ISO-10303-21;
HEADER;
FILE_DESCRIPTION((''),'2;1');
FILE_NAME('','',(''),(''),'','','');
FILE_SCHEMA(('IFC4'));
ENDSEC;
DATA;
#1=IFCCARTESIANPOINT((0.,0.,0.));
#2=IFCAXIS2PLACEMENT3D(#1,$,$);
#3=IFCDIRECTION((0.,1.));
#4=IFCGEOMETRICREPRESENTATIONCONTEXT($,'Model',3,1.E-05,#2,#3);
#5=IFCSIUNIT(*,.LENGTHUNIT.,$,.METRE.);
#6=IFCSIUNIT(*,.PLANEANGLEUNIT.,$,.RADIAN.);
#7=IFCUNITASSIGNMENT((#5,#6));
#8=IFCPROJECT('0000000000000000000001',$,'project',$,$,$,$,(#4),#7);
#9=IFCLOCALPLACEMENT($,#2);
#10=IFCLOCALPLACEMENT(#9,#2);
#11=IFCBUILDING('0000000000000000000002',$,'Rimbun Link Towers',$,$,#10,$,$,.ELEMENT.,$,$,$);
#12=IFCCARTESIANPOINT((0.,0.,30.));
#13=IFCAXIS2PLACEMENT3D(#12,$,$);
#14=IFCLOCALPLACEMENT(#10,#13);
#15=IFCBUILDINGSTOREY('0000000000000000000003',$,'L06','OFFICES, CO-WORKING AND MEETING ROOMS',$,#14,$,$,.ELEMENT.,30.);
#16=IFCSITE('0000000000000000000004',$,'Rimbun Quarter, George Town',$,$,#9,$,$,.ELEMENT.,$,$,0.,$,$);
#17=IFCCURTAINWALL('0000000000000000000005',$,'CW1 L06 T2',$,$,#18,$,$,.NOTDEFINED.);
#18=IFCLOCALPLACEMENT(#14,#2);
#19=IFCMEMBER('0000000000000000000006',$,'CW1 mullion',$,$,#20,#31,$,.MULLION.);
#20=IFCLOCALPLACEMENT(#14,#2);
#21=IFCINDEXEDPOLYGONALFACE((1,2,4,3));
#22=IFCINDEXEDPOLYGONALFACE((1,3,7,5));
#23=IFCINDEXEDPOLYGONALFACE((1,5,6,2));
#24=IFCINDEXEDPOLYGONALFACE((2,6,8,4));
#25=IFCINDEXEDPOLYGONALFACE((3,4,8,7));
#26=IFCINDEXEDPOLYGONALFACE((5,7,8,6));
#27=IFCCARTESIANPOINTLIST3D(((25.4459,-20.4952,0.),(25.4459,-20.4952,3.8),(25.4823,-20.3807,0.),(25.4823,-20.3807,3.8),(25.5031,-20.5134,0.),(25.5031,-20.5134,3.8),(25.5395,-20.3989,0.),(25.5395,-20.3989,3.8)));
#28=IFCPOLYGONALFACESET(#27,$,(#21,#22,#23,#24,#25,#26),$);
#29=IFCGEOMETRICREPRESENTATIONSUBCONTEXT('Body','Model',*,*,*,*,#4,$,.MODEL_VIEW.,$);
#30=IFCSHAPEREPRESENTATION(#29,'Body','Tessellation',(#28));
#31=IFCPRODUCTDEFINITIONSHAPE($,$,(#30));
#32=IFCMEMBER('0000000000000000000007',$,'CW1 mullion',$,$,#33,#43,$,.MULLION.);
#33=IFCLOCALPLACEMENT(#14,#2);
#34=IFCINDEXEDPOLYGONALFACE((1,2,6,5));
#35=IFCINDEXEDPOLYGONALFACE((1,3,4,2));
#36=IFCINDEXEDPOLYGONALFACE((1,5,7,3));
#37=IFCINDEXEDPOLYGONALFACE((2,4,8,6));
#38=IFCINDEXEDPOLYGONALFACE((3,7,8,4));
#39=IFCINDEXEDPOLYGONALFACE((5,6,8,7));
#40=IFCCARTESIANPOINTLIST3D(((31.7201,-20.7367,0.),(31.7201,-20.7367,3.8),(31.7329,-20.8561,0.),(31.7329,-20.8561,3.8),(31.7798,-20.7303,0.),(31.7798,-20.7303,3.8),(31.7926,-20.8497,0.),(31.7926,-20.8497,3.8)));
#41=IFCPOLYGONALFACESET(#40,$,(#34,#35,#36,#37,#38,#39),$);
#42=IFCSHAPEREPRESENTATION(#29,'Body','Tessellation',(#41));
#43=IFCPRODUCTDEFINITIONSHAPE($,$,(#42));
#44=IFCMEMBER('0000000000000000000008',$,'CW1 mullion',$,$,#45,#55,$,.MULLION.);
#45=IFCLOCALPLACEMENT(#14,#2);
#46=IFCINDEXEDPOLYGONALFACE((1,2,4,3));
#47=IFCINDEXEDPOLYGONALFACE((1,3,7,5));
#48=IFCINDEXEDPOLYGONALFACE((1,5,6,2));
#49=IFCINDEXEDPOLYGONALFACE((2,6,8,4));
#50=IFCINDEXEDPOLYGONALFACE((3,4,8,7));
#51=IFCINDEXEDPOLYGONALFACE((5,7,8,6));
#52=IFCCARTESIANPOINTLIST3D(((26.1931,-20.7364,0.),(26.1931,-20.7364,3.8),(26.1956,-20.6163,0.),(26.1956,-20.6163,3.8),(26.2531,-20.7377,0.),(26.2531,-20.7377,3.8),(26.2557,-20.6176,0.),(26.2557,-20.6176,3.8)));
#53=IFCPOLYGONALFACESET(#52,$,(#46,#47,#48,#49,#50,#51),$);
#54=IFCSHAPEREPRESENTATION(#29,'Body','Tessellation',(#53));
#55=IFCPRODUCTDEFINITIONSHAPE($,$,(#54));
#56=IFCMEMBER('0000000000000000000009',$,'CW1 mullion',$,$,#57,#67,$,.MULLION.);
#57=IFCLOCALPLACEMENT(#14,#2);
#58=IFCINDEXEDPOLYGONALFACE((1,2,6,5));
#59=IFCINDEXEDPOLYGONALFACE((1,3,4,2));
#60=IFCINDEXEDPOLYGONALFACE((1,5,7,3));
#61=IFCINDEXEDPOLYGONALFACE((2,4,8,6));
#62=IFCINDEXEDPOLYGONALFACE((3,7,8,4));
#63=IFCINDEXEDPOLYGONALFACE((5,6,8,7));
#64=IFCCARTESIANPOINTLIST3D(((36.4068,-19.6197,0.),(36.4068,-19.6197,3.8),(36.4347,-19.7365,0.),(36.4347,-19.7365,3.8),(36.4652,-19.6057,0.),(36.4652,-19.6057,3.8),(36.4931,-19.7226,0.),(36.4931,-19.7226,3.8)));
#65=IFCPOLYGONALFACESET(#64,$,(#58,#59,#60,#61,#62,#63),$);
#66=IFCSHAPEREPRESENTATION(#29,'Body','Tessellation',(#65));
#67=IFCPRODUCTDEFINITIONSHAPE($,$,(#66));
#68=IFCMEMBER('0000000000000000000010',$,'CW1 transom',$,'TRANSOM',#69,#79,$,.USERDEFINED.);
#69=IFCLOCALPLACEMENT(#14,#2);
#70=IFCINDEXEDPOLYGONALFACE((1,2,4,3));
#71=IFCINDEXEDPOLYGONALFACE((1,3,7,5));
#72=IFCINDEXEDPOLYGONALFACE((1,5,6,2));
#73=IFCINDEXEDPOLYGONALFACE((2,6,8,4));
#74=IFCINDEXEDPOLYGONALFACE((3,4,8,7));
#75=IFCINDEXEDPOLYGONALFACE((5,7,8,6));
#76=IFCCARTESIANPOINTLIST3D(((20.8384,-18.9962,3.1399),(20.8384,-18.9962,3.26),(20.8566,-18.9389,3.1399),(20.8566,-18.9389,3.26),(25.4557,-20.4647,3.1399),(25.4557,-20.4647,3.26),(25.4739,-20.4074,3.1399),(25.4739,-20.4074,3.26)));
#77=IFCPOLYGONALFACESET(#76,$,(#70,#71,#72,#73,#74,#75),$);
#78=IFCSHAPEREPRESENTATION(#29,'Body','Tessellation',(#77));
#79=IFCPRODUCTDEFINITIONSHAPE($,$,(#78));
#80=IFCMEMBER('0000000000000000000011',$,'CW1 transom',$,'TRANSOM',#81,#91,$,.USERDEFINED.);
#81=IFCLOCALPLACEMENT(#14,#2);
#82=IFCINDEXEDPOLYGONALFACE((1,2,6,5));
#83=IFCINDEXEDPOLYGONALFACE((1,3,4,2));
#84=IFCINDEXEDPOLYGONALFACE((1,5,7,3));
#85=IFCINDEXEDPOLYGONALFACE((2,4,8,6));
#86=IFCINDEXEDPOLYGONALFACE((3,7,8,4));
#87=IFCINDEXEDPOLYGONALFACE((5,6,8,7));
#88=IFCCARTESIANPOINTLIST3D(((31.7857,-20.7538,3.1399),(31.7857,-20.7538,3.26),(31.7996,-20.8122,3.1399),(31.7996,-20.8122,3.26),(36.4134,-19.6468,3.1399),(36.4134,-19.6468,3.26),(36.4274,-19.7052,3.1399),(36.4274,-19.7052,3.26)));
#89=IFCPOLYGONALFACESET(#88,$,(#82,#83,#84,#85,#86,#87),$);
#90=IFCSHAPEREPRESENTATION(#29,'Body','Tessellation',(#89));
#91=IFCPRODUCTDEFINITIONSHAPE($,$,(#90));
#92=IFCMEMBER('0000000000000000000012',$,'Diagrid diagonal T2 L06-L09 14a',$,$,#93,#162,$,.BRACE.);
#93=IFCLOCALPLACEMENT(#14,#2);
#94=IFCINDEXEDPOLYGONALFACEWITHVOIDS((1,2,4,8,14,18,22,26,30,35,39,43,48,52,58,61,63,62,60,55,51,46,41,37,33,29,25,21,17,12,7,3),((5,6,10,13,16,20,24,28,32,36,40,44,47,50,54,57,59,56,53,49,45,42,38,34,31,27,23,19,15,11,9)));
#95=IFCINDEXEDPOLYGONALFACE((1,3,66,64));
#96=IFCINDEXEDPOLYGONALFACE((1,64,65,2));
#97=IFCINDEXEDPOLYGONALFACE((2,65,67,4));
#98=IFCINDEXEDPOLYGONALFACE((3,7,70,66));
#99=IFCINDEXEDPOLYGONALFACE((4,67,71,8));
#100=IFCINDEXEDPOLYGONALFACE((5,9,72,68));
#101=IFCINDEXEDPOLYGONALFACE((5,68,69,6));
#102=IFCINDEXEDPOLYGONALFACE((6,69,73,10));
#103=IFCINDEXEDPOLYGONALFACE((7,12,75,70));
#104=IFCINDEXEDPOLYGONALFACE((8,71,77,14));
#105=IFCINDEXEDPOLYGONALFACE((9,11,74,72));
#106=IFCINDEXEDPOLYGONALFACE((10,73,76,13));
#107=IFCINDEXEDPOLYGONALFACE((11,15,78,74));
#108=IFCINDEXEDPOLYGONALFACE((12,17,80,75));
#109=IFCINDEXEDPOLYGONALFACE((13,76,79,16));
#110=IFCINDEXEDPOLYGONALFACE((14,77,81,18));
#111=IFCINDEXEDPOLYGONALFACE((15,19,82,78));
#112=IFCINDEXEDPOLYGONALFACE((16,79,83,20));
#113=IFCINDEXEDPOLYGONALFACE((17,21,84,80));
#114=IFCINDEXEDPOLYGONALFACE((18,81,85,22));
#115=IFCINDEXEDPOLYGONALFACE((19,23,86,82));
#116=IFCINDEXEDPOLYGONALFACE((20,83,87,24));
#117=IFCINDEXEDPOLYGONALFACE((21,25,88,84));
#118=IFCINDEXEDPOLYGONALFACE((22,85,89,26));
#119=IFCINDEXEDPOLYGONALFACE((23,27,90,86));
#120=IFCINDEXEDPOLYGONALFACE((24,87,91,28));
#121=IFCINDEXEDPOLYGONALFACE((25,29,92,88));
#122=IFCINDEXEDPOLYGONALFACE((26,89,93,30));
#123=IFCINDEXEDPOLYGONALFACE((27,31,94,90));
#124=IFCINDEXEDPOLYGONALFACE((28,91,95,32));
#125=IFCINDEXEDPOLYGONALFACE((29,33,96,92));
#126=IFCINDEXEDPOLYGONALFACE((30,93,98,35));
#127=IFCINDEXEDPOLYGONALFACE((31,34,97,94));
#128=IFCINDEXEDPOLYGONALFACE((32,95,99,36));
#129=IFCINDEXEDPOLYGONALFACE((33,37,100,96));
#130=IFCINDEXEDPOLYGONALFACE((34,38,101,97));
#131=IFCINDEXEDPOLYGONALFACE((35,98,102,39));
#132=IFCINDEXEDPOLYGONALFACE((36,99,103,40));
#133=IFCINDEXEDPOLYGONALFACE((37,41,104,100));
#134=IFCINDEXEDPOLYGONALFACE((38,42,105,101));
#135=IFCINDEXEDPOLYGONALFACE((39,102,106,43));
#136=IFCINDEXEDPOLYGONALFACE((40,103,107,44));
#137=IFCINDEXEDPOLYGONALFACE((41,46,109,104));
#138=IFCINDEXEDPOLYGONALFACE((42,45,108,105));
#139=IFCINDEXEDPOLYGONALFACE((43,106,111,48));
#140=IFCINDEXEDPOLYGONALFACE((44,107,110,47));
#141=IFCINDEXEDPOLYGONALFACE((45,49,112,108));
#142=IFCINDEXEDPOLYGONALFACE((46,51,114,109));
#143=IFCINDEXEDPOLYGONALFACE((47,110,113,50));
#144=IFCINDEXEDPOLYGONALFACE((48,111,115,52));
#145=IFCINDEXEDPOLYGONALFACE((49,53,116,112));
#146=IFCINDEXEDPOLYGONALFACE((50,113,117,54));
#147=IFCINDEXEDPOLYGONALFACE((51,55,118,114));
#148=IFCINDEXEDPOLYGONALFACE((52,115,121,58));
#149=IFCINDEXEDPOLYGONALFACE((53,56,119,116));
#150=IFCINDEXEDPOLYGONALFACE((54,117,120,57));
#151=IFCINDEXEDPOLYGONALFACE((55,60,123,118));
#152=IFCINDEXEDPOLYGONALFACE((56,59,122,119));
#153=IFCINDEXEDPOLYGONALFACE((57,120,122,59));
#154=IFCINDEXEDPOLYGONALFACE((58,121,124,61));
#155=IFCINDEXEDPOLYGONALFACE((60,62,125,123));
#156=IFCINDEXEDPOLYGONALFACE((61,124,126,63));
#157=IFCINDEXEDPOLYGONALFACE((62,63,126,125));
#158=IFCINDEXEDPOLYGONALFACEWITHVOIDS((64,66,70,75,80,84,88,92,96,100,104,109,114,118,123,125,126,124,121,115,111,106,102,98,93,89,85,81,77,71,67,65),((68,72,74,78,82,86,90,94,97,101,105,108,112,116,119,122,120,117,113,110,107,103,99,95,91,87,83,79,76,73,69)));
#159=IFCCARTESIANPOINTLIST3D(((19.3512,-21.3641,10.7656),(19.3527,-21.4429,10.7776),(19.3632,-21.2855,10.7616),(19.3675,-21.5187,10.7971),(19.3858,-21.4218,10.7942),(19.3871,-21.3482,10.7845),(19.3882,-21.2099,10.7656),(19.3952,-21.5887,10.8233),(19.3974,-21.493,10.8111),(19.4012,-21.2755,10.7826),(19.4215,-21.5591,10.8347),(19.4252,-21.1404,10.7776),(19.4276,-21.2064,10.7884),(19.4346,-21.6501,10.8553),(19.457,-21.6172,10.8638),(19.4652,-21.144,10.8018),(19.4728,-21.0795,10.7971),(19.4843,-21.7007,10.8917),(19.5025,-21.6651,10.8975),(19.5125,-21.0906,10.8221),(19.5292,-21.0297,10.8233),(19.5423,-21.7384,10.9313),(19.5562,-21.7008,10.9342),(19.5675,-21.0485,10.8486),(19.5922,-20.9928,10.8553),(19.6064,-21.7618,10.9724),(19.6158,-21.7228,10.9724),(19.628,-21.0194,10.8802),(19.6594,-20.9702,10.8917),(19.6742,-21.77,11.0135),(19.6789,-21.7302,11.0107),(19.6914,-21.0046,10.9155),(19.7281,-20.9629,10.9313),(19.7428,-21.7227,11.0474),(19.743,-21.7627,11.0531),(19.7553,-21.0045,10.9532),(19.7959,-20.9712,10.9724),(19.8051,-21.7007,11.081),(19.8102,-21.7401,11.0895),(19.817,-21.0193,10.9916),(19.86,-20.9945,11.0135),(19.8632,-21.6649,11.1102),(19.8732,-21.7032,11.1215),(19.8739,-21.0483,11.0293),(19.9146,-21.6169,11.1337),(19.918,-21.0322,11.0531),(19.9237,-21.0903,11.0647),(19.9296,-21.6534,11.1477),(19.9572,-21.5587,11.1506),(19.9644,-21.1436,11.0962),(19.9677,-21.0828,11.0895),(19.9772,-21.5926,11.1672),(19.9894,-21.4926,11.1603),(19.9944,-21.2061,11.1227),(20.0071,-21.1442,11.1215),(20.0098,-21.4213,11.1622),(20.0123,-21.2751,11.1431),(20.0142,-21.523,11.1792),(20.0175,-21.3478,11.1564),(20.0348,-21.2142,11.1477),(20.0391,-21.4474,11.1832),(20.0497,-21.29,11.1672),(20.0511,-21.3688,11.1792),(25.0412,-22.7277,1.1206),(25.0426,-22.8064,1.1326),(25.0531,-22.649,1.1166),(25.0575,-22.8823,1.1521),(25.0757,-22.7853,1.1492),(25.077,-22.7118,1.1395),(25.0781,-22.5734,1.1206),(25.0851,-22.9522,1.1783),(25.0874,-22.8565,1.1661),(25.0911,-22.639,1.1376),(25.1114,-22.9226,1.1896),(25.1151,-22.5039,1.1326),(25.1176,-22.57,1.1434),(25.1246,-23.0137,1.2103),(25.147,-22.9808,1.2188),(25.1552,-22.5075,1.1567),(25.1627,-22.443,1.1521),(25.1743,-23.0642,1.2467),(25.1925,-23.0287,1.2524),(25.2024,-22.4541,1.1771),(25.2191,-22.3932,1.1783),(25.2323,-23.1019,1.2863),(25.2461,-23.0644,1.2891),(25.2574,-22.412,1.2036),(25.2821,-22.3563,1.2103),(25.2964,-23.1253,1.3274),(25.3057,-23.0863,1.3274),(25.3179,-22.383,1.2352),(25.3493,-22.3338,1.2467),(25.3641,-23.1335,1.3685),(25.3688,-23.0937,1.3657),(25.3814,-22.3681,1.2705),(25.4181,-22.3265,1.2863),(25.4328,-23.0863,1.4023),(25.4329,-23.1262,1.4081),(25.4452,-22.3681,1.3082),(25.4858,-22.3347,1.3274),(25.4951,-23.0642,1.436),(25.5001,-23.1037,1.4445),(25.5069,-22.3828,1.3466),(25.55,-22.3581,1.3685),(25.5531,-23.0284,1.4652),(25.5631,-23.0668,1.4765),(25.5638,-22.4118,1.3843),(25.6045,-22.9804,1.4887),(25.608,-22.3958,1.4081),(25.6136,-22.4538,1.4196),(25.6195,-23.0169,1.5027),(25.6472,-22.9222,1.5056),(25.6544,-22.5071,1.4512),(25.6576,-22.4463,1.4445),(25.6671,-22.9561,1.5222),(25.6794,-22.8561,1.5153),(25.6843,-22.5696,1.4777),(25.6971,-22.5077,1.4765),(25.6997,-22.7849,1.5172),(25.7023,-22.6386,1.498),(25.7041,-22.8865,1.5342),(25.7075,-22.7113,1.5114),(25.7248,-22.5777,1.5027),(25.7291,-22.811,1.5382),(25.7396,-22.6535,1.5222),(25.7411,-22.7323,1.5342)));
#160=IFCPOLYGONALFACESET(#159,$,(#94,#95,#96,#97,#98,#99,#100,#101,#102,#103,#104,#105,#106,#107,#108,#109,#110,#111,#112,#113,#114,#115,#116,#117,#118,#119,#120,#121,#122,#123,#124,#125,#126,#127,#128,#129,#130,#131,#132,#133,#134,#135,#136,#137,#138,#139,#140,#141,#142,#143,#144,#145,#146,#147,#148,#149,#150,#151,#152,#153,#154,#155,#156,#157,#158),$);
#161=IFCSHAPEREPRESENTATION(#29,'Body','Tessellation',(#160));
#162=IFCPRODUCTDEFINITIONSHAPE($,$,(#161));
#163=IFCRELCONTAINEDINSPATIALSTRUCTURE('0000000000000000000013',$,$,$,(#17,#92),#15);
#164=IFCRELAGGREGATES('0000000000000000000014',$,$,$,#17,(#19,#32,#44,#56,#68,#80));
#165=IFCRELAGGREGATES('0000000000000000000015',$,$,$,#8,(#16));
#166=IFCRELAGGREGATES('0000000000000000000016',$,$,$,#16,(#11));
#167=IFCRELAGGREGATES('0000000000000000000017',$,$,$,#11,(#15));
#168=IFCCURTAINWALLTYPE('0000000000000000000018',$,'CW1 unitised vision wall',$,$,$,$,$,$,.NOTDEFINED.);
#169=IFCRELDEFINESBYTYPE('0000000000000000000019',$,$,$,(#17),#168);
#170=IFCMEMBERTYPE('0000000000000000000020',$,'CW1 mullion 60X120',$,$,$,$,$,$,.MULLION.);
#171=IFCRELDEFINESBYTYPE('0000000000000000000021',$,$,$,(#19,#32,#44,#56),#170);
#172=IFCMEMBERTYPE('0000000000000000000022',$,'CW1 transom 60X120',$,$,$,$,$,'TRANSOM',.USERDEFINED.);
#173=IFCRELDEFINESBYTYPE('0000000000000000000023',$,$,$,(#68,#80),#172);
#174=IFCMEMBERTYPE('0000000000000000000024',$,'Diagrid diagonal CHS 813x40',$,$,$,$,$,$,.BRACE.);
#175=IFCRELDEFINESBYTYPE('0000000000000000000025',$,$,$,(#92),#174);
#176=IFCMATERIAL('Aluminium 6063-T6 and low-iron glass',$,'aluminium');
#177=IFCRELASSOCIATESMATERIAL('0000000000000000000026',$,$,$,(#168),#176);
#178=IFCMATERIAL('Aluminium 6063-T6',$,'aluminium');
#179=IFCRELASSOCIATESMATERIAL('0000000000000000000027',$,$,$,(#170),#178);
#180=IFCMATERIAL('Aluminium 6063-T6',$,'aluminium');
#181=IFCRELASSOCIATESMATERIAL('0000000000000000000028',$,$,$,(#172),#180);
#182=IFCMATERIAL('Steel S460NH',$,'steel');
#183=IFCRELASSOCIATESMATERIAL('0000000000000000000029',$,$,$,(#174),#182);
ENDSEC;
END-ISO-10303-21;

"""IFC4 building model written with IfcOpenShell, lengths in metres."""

from ifc_helpers import new_model, si_unit, direction, frame, origin, origin_2d, place, context, subcontext, project, spatial, rectangle, hollow_circle, extrude, material, material_profile, profile_set, type_object, element, aggregate, save


model = new_model("IFC4")

# Units and contexts
model_context = context("Model", 3, precision=1e-05, world=origin(), true_north=direction((0.0, 1.0)))
body_context = subcontext(model_context, "Body", "Model", "MODEL_VIEW")
ifc_project = project(units=[si_unit("LENGTHUNIT", "METRE"), si_unit("PLANEANGLEUNIT", "RADIAN")], contexts=[model_context])

# Site, building, storey
site_placement = place(None, origin())
site = spatial("IfcSite", under=ifc_project, at=site_placement, Name="Rimbun Quarter, George Town", CompositionType="ELEMENT", RefElevation=0.0)
building_placement = place(site_placement, origin())
building = spatial("IfcBuilding", under=site, at=building_placement, Name="Rimbun Link Towers", CompositionType="ELEMENT")
storey_placement = place(building_placement, frame((0.0, 0.0, 30.0)))
storey = spatial("IfcBuildingStorey", under=building, at=storey_placement, Name="L06", Description="OFFICES, CO-WORKING AND MEETING ROOMS", CompositionType="ELEMENT", Elevation=30.0)

# Curtain wall, members
ifc_material_1 = material(Name="Aluminium 6063-T6 and low-iron glass", Category="aluminium")
curtain_wall_type = type_object("IfcCurtainWallType", Name="CW1 unitised vision wall", PredefinedType="NOTDEFINED", material=ifc_material_1)
curtain_wall_placement = place(storey_placement, origin())
curtain_wall = element("IfcCurtainWall", 1, at=curtain_wall_placement, inside=storey, type_object=curtain_wall_type, Name="CW1 L06 T2", PredefinedType="NOTDEFINED")
ifc_material_2 = material(Name="Aluminium 6063-T6", Category="aluminium")
ifc_material_profile_1 = material_profile(ifc_material_2, rectangle(XDim=0.1201, YDim=0.0601, at=origin_2d()), Name="MULLION 60X120")
ifc_profile_set_1 = profile_set([ifc_material_profile_1], Name="Aluminium 6063-T6")
member_type_1 = type_object("IfcMemberType", Name="CW1 mullion 60X120", PredefinedType="MULLION", material=ifc_profile_set_1)
member_1_placement = place(storey_placement, frame((25.4927, -20.447, 0.0), z_axis=(0.0, 0.0, 1.0), x_axis=(-0.303074, -0.952967, 0.0)))
member_1 = element("IfcMember", 2, at=member_1_placement, type_object=member_type_1, Name="CW1 mullion", PredefinedType="MULLION", context=body_context, shape_type="SweptSolid", body=[
    extrude(rectangle(XDim=0.1201, YDim=0.0601, at=origin_2d()), origin(), (0.0, 0.0, 1.0), 3.8),
])
member_2_placement = place(storey_placement, frame((31.7563, -20.7932, 0.0), z_axis=(0.0, 0.0, 1.0), x_axis=(0.106645, -0.994297, 0.0)))
member_2 = element("IfcMember", 3, at=member_2_placement, type_object=member_type_1, Name="CW1 mullion", PredefinedType="MULLION", context=body_context, shape_type="SweptSolid", body=[
    extrude(rectangle(XDim=0.1201, YDim=0.0601, at=origin_2d()), origin(), (0.0, 0.0, 1.0), 3.8),
])
member_3_placement = place(storey_placement, frame((26.2244, -20.677, 0.0), z_axis=(0.0, 0.0, 1.0), x_axis=(-0.021066, -0.999778, 0.0)))
member_3 = element("IfcMember", 4, at=member_3_placement, type_object=member_type_1, Name="CW1 mullion", PredefinedType="MULLION", context=body_context, shape_type="SweptSolid", body=[
    extrude(rectangle(XDim=0.1201, YDim=0.0601, at=origin_2d()), origin(), (0.0, 0.0, 1.0), 3.8),
])
member_4_placement = place(storey_placement, frame((36.45, -19.6711, 0.0), z_axis=(0.0, 0.0, 1.0), x_axis=(0.232613, -0.972569, 0.0)))
member_4 = element("IfcMember", 5, at=member_4_placement, type_object=member_type_1, Name="CW1 mullion", PredefinedType="MULLION", context=body_context, shape_type="SweptSolid", body=[
    extrude(rectangle(XDim=0.1201, YDim=0.0601, at=origin_2d()), origin(), (0.0, 0.0, 1.0), 3.8),
])
ifc_material_3 = material(Name="Aluminium 6063-T6", Category="aluminium")
ifc_material_profile_2 = material_profile(ifc_material_3, rectangle(XDim=0.0601, YDim=0.1201, at=origin_2d()), Name="TRANSOM 60X120")
ifc_profile_set_2 = profile_set([ifc_material_profile_2], Name="Aluminium 6063-T6")
member_type_2 = type_object("IfcMemberType", Name="CW1 transom 60X120", ElementType="TRANSOM", PredefinedType="USERDEFINED", material=ifc_profile_set_2)
member_5_placement = place(storey_placement, frame((25.4648, -20.436, 3.2), z_axis=(-0.952966, 0.303077, 0.0), x_axis=(-0.303077, -0.952966, 0.0)))
member_5 = element("IfcMember", 6, at=member_5_placement, type_object=member_type_2, Name="CW1 transom", ObjectType="TRANSOM", PredefinedType="USERDEFINED", context=body_context, shape_type="SweptSolid", body=[
    extrude(rectangle(XDim=0.0601, YDim=0.1201, at=origin_2d()), origin(), (0.0, 0.0, 1.0), 4.8452),
])
member_6_placement = place(storey_placement, frame((36.4204, -19.676, 3.2), z_axis=(-0.972564, -0.232635, 0.0), x_axis=(0.232635, -0.972564, 0.0)))
member_6 = element("IfcMember", 7, at=member_6_placement, type_object=member_type_2, Name="CW1 transom", ObjectType="TRANSOM", PredefinedType="USERDEFINED", context=body_context, shape_type="SweptSolid", body=[
    extrude(rectangle(XDim=0.0601, YDim=0.1201, at=origin_2d()), origin(), (0.0, 0.0, 1.0), 4.7583),
])

# Member
ifc_material_4 = material(Name="Steel S460NH", Category="steel")
ifc_material_profile_3 = material_profile(ifc_material_4, hollow_circle(Radius=0.4065, WallThickness=0.04, at=origin_2d()), Name="Diagrid diagonal CHS 813x40")
ifc_profile_set_3 = profile_set([ifc_material_profile_3], Name="Steel S460NH")
member_type_3 = type_object("IfcMemberType", Name="Diagrid diagonal CHS 813x40", PredefinedType="BRACE", material=ifc_profile_set_3)
member_7_placement = place(storey_placement, frame((25.3911, -22.73, 1.3274), z_axis=(-0.504383, 0.120869, 0.854979), x_axis=(-0.23304, -0.972467, 0.0)))
element("IfcMember", 8, at=member_7_placement, inside=storey, type_object=member_type_3, Name="Diagrid diagonal T2 L06-L09 14a", PredefinedType="BRACE", context=body_context, shape_type="SweptSolid", body=[
    extrude(hollow_circle(Radius=0.4065, WallThickness=0.04, at=origin_2d()), origin(), (0.0, 0.0, 1.0), 11.281),
])

aggregate(curtain_wall, [member_1, member_2, member_3, member_4, member_5, member_6])

save(model, "model.ifc")
